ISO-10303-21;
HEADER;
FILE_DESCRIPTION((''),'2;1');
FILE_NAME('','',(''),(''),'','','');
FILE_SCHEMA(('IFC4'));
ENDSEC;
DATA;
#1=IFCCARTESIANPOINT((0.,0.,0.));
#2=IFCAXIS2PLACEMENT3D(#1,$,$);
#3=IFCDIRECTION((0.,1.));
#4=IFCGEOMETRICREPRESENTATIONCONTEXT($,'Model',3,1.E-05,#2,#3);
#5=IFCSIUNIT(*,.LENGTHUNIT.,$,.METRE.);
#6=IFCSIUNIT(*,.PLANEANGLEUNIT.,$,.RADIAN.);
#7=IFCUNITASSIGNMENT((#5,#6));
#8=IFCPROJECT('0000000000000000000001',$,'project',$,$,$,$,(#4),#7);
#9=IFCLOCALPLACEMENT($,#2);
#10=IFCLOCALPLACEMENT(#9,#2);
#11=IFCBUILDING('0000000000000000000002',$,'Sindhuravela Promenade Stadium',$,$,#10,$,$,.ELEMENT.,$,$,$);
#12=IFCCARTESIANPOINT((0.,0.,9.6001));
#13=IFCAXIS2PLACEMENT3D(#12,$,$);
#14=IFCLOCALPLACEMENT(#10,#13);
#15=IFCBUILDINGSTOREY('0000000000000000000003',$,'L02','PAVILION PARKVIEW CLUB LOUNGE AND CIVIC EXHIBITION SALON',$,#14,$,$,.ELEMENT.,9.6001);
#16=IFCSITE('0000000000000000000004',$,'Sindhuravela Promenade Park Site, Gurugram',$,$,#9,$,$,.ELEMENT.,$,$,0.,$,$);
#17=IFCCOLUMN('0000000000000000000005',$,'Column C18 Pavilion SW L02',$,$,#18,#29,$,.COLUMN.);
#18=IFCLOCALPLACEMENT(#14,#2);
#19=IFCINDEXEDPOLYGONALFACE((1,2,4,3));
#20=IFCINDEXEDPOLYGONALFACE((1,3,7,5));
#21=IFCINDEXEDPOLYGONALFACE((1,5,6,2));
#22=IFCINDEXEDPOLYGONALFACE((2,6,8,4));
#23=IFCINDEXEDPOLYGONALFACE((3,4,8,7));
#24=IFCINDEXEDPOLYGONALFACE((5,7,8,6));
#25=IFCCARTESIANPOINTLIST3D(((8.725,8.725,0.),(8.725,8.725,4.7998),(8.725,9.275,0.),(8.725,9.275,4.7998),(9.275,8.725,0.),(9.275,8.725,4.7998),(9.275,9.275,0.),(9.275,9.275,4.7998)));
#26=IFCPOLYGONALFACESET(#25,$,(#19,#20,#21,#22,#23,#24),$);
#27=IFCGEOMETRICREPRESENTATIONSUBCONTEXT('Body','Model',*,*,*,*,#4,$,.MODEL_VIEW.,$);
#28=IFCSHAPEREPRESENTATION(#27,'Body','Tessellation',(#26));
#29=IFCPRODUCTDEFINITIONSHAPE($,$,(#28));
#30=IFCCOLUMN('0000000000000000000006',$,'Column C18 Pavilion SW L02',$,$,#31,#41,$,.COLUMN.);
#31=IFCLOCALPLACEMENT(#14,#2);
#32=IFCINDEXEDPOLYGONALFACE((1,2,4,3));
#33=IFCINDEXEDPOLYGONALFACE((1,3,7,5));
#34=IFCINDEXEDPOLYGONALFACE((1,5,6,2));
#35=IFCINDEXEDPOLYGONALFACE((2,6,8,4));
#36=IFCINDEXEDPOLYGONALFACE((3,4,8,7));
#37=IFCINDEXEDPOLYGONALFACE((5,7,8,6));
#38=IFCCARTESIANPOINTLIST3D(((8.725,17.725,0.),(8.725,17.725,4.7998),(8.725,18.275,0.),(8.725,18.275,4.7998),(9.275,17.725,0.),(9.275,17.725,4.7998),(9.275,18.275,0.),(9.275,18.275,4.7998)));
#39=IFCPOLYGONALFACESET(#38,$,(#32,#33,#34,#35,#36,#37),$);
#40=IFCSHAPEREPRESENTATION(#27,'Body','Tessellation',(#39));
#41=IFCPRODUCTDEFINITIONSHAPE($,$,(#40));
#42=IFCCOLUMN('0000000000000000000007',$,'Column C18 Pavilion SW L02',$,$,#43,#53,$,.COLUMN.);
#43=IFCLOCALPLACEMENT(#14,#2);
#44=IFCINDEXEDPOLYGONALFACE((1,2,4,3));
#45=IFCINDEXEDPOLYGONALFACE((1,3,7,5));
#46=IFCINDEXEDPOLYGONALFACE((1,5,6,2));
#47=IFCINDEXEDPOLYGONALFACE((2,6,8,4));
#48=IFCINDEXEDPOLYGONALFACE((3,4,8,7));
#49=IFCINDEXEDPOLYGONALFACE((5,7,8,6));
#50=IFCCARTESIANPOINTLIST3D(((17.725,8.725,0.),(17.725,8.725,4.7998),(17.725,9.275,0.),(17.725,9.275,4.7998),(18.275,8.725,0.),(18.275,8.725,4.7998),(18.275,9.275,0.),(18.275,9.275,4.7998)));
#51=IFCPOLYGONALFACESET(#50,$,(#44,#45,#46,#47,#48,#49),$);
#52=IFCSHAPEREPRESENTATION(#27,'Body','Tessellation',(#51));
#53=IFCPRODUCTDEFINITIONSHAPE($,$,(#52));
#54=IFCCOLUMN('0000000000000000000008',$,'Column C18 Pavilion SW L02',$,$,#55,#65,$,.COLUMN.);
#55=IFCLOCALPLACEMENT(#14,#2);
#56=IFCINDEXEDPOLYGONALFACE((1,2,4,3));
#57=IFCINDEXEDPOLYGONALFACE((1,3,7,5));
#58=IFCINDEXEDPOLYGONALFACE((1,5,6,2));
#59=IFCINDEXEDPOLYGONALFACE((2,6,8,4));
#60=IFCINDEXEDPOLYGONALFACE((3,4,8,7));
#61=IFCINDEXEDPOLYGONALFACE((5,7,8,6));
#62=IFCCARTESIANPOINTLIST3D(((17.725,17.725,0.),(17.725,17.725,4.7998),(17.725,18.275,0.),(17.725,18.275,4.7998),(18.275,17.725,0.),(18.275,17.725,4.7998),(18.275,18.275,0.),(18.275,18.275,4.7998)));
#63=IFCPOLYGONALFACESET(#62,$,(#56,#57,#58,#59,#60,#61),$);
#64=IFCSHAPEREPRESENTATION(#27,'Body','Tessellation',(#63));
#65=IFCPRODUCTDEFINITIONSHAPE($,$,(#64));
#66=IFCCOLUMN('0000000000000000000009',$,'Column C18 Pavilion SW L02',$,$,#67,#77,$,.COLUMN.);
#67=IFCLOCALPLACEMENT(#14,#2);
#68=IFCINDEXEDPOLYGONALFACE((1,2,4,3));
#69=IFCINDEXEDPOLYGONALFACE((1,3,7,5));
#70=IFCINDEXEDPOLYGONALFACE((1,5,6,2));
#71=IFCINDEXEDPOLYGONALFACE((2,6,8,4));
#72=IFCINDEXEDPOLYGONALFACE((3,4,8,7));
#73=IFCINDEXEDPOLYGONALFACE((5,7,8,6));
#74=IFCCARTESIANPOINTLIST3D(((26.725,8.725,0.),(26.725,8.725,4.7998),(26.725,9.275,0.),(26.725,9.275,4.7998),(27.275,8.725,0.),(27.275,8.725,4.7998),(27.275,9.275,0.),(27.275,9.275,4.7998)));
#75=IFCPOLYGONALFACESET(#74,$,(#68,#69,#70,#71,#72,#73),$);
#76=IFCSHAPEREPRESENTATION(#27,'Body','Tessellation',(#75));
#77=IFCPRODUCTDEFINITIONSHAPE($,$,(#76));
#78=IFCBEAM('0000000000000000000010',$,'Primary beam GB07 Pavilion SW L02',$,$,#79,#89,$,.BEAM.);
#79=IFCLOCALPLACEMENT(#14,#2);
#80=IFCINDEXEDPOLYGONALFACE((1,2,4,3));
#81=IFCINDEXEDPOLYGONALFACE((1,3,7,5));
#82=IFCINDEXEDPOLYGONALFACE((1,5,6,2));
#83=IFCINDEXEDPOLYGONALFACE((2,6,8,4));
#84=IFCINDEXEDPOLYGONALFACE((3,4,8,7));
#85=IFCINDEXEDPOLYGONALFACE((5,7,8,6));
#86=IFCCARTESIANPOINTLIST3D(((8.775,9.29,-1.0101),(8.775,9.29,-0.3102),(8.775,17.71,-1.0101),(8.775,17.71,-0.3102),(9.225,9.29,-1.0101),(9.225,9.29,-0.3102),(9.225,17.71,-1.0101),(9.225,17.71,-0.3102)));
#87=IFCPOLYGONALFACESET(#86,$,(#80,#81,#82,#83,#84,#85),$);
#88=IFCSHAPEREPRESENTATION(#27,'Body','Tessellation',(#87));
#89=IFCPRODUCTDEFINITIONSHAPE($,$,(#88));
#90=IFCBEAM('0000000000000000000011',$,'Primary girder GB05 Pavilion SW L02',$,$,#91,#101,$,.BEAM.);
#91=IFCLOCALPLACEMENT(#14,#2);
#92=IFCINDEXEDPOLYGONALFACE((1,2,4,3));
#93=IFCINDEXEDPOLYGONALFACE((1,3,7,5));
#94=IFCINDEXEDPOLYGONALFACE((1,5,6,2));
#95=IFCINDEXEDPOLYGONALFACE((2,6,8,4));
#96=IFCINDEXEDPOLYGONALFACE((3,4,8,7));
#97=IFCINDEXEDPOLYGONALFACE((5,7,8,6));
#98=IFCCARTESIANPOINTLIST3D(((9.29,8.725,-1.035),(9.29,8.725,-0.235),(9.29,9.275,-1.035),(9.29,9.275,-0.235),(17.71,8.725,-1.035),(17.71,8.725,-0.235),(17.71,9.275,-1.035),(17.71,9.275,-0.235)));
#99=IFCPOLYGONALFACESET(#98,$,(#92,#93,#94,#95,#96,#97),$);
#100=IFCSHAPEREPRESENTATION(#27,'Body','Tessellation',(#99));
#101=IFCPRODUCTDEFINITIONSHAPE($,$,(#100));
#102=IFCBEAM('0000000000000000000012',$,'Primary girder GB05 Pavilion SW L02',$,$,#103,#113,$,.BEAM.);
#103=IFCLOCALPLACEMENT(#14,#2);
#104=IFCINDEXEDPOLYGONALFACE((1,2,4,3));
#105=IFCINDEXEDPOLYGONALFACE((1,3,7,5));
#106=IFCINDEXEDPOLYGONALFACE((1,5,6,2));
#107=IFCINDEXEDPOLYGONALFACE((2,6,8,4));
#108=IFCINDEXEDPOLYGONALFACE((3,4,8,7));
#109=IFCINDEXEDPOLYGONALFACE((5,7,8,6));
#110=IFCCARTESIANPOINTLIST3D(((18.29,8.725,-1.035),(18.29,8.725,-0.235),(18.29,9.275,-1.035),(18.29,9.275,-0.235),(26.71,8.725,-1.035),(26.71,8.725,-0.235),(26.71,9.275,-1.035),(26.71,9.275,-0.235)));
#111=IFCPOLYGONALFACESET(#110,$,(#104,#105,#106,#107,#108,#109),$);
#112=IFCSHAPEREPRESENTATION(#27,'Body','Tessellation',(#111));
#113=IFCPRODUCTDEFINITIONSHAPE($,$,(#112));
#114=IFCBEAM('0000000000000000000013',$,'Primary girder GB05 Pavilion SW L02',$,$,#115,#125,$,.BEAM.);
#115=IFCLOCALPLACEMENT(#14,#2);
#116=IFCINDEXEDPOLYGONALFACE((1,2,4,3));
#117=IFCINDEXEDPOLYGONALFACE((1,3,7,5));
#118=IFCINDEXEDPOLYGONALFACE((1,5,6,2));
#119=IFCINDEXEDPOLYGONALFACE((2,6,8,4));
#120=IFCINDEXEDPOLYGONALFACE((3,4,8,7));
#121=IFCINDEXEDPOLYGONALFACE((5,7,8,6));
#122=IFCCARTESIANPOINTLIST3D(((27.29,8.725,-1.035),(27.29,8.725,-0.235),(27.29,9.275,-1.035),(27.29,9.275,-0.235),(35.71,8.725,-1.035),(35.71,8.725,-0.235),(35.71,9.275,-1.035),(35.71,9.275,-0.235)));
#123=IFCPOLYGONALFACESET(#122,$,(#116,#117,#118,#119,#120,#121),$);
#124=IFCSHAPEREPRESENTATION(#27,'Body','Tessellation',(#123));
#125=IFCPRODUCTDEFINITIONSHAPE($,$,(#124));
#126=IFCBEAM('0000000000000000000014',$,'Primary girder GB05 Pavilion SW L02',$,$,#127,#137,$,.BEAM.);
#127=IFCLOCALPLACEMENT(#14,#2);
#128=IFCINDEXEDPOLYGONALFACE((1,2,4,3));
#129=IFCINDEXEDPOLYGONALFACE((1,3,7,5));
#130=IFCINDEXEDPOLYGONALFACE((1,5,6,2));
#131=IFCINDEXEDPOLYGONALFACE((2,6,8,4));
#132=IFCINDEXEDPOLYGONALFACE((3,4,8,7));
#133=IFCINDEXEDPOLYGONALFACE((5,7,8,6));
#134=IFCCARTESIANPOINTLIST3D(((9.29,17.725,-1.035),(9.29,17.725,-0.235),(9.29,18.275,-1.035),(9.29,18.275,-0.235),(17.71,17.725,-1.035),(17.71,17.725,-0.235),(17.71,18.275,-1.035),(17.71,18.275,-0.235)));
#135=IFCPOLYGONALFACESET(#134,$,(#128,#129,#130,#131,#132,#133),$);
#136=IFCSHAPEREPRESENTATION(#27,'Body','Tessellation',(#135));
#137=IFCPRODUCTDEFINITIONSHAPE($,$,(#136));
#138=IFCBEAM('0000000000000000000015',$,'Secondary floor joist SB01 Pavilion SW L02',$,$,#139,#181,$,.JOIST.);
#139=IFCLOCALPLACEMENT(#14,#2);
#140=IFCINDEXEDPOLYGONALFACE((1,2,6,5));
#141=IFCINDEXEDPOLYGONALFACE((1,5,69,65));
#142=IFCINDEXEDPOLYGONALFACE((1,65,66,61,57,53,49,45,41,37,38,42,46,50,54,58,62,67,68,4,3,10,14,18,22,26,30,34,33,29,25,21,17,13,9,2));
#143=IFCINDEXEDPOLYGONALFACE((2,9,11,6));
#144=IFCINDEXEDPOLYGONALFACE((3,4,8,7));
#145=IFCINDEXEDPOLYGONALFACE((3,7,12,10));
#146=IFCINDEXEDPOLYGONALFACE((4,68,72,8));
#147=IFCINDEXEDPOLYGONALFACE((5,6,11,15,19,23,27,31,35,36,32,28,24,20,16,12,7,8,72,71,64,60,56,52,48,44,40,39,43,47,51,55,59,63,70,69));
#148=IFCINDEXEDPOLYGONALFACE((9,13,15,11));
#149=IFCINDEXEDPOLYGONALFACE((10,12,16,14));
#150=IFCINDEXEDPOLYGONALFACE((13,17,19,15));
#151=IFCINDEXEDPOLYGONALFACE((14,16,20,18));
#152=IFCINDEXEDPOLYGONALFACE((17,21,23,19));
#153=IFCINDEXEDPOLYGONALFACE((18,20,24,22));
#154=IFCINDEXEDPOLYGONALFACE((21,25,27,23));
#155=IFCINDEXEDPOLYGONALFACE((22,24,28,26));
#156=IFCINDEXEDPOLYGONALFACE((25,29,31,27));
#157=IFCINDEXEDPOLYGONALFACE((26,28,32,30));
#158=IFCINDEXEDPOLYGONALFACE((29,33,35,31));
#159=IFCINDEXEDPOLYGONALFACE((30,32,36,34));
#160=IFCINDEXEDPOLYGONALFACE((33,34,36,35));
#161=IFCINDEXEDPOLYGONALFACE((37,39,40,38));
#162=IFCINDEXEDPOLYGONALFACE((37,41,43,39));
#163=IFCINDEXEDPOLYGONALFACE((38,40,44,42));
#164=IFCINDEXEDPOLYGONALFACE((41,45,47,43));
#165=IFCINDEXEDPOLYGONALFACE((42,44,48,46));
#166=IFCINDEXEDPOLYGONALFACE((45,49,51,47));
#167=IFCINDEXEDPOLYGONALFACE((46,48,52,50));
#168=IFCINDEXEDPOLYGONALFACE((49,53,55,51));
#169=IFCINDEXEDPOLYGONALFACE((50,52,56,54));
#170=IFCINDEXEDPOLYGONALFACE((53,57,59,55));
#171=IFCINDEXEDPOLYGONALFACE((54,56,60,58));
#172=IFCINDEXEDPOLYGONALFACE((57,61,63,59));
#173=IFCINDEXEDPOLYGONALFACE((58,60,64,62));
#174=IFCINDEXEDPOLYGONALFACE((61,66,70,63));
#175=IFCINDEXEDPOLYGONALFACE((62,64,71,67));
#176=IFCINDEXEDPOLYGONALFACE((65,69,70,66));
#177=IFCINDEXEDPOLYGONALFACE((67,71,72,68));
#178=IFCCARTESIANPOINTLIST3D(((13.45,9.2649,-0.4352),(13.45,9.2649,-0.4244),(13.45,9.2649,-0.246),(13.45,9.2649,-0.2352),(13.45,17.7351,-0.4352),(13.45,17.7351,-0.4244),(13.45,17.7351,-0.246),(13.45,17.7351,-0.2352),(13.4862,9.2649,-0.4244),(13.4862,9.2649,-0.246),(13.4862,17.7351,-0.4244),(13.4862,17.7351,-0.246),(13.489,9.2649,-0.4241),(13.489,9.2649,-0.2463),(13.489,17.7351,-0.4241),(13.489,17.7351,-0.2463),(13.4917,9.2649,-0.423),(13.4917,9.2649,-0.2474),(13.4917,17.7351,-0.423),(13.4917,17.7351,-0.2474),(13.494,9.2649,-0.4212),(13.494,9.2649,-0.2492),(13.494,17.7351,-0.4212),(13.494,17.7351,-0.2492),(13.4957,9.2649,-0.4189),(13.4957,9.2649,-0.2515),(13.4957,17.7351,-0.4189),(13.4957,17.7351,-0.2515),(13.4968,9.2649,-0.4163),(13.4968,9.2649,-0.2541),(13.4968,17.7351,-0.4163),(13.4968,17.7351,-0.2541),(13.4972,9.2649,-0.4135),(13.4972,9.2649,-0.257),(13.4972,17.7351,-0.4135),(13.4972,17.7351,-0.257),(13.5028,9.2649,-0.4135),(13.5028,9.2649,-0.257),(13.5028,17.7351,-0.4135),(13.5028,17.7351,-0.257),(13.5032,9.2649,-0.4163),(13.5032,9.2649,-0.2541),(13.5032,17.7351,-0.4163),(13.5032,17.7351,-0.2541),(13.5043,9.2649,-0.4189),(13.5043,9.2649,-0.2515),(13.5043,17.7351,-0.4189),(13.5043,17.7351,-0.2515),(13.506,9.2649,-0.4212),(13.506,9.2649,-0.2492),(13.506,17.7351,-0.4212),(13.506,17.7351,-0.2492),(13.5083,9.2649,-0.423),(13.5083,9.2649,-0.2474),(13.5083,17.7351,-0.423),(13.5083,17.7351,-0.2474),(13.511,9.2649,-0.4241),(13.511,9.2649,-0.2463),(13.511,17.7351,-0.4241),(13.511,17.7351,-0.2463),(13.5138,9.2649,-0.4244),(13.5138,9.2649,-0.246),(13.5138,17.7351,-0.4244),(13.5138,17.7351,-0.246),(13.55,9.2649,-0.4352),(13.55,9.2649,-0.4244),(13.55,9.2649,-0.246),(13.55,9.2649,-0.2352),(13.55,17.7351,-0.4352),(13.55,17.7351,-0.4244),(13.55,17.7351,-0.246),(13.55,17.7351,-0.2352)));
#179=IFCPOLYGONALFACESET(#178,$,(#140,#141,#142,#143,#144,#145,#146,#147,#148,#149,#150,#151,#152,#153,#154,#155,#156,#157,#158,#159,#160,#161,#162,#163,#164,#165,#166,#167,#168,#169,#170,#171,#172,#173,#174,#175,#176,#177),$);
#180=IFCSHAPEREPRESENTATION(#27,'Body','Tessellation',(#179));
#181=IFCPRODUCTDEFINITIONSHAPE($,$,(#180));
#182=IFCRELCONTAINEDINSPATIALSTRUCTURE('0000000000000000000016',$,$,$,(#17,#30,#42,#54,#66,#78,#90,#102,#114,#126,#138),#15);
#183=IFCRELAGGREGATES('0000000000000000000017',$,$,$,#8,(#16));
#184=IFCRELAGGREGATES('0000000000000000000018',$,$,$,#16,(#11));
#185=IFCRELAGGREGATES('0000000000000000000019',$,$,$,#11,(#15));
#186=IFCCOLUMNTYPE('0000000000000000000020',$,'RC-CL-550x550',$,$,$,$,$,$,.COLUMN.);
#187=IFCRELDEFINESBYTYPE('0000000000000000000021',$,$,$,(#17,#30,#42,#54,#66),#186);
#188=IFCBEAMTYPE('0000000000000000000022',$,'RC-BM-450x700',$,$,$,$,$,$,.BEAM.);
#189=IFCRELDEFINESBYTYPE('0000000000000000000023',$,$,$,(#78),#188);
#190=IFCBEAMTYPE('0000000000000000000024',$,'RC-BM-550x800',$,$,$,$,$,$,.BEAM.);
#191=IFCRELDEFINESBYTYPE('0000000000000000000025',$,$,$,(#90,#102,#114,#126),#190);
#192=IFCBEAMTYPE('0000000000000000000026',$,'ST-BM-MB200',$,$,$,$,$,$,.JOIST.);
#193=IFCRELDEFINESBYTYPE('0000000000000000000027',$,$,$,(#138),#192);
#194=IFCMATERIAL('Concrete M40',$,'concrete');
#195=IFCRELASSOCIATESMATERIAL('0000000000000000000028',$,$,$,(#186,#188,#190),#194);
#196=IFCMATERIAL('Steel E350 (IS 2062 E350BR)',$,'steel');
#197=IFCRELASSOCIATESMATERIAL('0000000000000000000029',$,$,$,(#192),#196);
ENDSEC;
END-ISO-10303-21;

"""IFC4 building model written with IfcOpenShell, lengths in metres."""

from ifc_helpers import new_model, si_unit, direction, frame, origin, origin_2d, place, context, subcontext, project, spatial, rectangle, i_section, extrude, material, material_profile, profile_set, type_object, element, save


model = new_model("IFC4")

# Units and contexts
model_context = context("Model", 3, precision=1e-05, world=origin(), true_north=direction((0.0, 1.0)))
body_context = subcontext(model_context, "Body", "Model", "MODEL_VIEW")
ifc_project = project(units=[si_unit("LENGTHUNIT", "METRE"), si_unit("PLANEANGLEUNIT", "RADIAN")], contexts=[model_context])

# Site, building, storey
site_placement = place(None, origin())
site = spatial("IfcSite", under=ifc_project, at=site_placement, Name="Sindhuravela Promenade Park Site, Gurugram", CompositionType="ELEMENT", RefElevation=0.0)
building_placement = place(site_placement, origin())
building = spatial("IfcBuilding", under=site, at=building_placement, Name="Sindhuravela Promenade Stadium", CompositionType="ELEMENT")
storey_placement = place(building_placement, frame((0.0, 0.0, 9.6001)))
storey = spatial("IfcBuildingStorey", under=building, at=storey_placement, Name="L02", Description="PAVILION PARKVIEW CLUB LOUNGE AND CIVIC EXHIBITION SALON", CompositionType="ELEMENT", Elevation=9.6001)

# Columns
ifc_material_1 = material(Name="Concrete M40", Category="concrete")
ifc_material_profile_1 = material_profile(ifc_material_1, rectangle(XDim=0.55, YDim=0.55, at=origin_2d()), Name="RC 550x550")
ifc_profile_set_1 = profile_set([ifc_material_profile_1], Name="Concrete M40")
column_type = type_object("IfcColumnType", Name="RC-CL-550x550", PredefinedType="COLUMN", material=ifc_profile_set_1)
for number, where, z_axis, x_axis, name in (
    (1, (9.0, 9.0, 0.0), (0.0, 0.0, 1.0), (1.0, 0.0, 0.0), "Column C18 Pavilion SW L02"),
    (2, (9.0, 18.0, 0.0), (0.0, 0.0, 1.0), (1.0, 0.0, 0.0), "Column C18 Pavilion SW L02"),
    (3, (18.0, 9.0, 0.0), (0.0, 0.0, 1.0), (1.0, 0.0, 0.0), "Column C18 Pavilion SW L02"),
    (4, (18.0, 18.0, 0.0), (0.0, 0.0, 1.0), (1.0, 0.0, 0.0), "Column C18 Pavilion SW L02"),
    (5, (27.0, 9.0, 0.0), (0.0, 0.0, 1.0), (1.0, 0.0, 0.0), "Column C18 Pavilion SW L02"),
):
    element("IfcColumn", number, at=place(storey_placement, frame(where, z_axis=z_axis, x_axis=x_axis)), inside=storey, type_object=column_type, Name=name, PredefinedType="COLUMN", context=body_context, shape_type="SweptSolid", body=[
        extrude(rectangle(XDim=0.55, YDim=0.55, at=origin_2d()), origin(), (0.0, 0.0, 1.0), 4.7998),
    ])

# Beams
ifc_material_profile_2 = material_profile(ifc_material_1, rectangle(XDim=0.45, YDim=0.7, at=origin_2d()), Name="RC 450x700")
ifc_profile_set_2 = profile_set([ifc_material_profile_2], Name="Concrete M40")
beam_type_1 = type_object("IfcBeamType", Name="RC-BM-450x700", PredefinedType="BEAM", material=ifc_profile_set_2)
beam_1_placement = place(storey_placement, frame((9.0, 9.29, -0.6602), z_axis=(0.0, 1.0, 0.0), x_axis=(-1.0, 0.0, 0.0)))
element("IfcBeam", 6, at=beam_1_placement, inside=storey, type_object=beam_type_1, Name="Primary beam GB07 Pavilion SW L02", PredefinedType="BEAM", context=body_context, shape_type="SweptSolid", body=[
    extrude(rectangle(XDim=0.45, YDim=0.7, at=origin_2d()), origin(), (0.0, 0.0, 1.0), 8.4199),
])
ifc_material_profile_3 = material_profile(ifc_material_1, rectangle(XDim=0.55, YDim=0.8, at=origin_2d()), Name="RC 550x800")
ifc_profile_set_3 = profile_set([ifc_material_profile_3], Name="Concrete M40")
beam_type_2 = type_object("IfcBeamType", Name="RC-BM-550x800", PredefinedType="BEAM", material=ifc_profile_set_3)
for number, where, z_axis, x_axis, name in (
    (7, (9.29, 9.0, -0.635), (1.0, 0.0, 0.0), (0.0, 1.0, 0.0), "Primary girder GB05 Pavilion SW L02"),
    (8, (18.29, 9.0, -0.635), (1.0, 0.0, 0.0), (0.0, 1.0, 0.0), "Primary girder GB05 Pavilion SW L02"),
    (9, (27.29, 9.0, -0.635), (1.0, 0.0, 0.0), (0.0, 1.0, 0.0), "Primary girder GB05 Pavilion SW L02"),
    (10, (9.29, 18.0, -0.635), (1.0, 0.0, 0.0), (0.0, 1.0, 0.0), "Primary girder GB05 Pavilion SW L02"),
):
    element("IfcBeam", number, at=place(storey_placement, frame(where, z_axis=z_axis, x_axis=x_axis)), inside=storey, type_object=beam_type_2, Name=name, PredefinedType="BEAM", context=body_context, shape_type="SweptSolid", body=[
        extrude(rectangle(XDim=0.55, YDim=0.8, at=origin_2d()), origin(), (0.0, 0.0, 1.0), 8.4199),
    ])
ifc_material_2 = material(Name="Steel E350 (IS 2062 E350BR)", Category="steel")
ifc_material_profile_4 = material_profile(ifc_material_2, i_section(OverallWidth=0.1001, OverallDepth=0.2, WebThickness=0.0056, FlangeThickness=0.0107, FilletRadius=0.011, at=origin_2d()), Name="ISMB 200")
ifc_profile_set_4 = profile_set([ifc_material_profile_4], Name="Steel E350 (IS 2062 E350BR)")
beam_type_3 = type_object("IfcBeamType", Name="ST-BM-MB200", PredefinedType="JOIST", material=ifc_profile_set_4)
beam_2_placement = place(storey_placement, frame((13.5, 9.2649, -0.3352), z_axis=(0.0, 1.0, 0.0), x_axis=(-1.0, 0.0, 0.0)))
element("IfcBeam", 11, at=beam_2_placement, inside=storey, type_object=beam_type_3, Name="Secondary floor joist SB01 Pavilion SW L02", PredefinedType="JOIST", context=body_context, shape_type="SweptSolid", body=[
    extrude(i_section(OverallWidth=0.1001, OverallDepth=0.2, WebThickness=0.0056, FlangeThickness=0.0107, FilletRadius=0.011, at=origin_2d()), origin(), (0.0, 0.0, 1.0), 8.4702),
])

save(model, "model.ifc")
